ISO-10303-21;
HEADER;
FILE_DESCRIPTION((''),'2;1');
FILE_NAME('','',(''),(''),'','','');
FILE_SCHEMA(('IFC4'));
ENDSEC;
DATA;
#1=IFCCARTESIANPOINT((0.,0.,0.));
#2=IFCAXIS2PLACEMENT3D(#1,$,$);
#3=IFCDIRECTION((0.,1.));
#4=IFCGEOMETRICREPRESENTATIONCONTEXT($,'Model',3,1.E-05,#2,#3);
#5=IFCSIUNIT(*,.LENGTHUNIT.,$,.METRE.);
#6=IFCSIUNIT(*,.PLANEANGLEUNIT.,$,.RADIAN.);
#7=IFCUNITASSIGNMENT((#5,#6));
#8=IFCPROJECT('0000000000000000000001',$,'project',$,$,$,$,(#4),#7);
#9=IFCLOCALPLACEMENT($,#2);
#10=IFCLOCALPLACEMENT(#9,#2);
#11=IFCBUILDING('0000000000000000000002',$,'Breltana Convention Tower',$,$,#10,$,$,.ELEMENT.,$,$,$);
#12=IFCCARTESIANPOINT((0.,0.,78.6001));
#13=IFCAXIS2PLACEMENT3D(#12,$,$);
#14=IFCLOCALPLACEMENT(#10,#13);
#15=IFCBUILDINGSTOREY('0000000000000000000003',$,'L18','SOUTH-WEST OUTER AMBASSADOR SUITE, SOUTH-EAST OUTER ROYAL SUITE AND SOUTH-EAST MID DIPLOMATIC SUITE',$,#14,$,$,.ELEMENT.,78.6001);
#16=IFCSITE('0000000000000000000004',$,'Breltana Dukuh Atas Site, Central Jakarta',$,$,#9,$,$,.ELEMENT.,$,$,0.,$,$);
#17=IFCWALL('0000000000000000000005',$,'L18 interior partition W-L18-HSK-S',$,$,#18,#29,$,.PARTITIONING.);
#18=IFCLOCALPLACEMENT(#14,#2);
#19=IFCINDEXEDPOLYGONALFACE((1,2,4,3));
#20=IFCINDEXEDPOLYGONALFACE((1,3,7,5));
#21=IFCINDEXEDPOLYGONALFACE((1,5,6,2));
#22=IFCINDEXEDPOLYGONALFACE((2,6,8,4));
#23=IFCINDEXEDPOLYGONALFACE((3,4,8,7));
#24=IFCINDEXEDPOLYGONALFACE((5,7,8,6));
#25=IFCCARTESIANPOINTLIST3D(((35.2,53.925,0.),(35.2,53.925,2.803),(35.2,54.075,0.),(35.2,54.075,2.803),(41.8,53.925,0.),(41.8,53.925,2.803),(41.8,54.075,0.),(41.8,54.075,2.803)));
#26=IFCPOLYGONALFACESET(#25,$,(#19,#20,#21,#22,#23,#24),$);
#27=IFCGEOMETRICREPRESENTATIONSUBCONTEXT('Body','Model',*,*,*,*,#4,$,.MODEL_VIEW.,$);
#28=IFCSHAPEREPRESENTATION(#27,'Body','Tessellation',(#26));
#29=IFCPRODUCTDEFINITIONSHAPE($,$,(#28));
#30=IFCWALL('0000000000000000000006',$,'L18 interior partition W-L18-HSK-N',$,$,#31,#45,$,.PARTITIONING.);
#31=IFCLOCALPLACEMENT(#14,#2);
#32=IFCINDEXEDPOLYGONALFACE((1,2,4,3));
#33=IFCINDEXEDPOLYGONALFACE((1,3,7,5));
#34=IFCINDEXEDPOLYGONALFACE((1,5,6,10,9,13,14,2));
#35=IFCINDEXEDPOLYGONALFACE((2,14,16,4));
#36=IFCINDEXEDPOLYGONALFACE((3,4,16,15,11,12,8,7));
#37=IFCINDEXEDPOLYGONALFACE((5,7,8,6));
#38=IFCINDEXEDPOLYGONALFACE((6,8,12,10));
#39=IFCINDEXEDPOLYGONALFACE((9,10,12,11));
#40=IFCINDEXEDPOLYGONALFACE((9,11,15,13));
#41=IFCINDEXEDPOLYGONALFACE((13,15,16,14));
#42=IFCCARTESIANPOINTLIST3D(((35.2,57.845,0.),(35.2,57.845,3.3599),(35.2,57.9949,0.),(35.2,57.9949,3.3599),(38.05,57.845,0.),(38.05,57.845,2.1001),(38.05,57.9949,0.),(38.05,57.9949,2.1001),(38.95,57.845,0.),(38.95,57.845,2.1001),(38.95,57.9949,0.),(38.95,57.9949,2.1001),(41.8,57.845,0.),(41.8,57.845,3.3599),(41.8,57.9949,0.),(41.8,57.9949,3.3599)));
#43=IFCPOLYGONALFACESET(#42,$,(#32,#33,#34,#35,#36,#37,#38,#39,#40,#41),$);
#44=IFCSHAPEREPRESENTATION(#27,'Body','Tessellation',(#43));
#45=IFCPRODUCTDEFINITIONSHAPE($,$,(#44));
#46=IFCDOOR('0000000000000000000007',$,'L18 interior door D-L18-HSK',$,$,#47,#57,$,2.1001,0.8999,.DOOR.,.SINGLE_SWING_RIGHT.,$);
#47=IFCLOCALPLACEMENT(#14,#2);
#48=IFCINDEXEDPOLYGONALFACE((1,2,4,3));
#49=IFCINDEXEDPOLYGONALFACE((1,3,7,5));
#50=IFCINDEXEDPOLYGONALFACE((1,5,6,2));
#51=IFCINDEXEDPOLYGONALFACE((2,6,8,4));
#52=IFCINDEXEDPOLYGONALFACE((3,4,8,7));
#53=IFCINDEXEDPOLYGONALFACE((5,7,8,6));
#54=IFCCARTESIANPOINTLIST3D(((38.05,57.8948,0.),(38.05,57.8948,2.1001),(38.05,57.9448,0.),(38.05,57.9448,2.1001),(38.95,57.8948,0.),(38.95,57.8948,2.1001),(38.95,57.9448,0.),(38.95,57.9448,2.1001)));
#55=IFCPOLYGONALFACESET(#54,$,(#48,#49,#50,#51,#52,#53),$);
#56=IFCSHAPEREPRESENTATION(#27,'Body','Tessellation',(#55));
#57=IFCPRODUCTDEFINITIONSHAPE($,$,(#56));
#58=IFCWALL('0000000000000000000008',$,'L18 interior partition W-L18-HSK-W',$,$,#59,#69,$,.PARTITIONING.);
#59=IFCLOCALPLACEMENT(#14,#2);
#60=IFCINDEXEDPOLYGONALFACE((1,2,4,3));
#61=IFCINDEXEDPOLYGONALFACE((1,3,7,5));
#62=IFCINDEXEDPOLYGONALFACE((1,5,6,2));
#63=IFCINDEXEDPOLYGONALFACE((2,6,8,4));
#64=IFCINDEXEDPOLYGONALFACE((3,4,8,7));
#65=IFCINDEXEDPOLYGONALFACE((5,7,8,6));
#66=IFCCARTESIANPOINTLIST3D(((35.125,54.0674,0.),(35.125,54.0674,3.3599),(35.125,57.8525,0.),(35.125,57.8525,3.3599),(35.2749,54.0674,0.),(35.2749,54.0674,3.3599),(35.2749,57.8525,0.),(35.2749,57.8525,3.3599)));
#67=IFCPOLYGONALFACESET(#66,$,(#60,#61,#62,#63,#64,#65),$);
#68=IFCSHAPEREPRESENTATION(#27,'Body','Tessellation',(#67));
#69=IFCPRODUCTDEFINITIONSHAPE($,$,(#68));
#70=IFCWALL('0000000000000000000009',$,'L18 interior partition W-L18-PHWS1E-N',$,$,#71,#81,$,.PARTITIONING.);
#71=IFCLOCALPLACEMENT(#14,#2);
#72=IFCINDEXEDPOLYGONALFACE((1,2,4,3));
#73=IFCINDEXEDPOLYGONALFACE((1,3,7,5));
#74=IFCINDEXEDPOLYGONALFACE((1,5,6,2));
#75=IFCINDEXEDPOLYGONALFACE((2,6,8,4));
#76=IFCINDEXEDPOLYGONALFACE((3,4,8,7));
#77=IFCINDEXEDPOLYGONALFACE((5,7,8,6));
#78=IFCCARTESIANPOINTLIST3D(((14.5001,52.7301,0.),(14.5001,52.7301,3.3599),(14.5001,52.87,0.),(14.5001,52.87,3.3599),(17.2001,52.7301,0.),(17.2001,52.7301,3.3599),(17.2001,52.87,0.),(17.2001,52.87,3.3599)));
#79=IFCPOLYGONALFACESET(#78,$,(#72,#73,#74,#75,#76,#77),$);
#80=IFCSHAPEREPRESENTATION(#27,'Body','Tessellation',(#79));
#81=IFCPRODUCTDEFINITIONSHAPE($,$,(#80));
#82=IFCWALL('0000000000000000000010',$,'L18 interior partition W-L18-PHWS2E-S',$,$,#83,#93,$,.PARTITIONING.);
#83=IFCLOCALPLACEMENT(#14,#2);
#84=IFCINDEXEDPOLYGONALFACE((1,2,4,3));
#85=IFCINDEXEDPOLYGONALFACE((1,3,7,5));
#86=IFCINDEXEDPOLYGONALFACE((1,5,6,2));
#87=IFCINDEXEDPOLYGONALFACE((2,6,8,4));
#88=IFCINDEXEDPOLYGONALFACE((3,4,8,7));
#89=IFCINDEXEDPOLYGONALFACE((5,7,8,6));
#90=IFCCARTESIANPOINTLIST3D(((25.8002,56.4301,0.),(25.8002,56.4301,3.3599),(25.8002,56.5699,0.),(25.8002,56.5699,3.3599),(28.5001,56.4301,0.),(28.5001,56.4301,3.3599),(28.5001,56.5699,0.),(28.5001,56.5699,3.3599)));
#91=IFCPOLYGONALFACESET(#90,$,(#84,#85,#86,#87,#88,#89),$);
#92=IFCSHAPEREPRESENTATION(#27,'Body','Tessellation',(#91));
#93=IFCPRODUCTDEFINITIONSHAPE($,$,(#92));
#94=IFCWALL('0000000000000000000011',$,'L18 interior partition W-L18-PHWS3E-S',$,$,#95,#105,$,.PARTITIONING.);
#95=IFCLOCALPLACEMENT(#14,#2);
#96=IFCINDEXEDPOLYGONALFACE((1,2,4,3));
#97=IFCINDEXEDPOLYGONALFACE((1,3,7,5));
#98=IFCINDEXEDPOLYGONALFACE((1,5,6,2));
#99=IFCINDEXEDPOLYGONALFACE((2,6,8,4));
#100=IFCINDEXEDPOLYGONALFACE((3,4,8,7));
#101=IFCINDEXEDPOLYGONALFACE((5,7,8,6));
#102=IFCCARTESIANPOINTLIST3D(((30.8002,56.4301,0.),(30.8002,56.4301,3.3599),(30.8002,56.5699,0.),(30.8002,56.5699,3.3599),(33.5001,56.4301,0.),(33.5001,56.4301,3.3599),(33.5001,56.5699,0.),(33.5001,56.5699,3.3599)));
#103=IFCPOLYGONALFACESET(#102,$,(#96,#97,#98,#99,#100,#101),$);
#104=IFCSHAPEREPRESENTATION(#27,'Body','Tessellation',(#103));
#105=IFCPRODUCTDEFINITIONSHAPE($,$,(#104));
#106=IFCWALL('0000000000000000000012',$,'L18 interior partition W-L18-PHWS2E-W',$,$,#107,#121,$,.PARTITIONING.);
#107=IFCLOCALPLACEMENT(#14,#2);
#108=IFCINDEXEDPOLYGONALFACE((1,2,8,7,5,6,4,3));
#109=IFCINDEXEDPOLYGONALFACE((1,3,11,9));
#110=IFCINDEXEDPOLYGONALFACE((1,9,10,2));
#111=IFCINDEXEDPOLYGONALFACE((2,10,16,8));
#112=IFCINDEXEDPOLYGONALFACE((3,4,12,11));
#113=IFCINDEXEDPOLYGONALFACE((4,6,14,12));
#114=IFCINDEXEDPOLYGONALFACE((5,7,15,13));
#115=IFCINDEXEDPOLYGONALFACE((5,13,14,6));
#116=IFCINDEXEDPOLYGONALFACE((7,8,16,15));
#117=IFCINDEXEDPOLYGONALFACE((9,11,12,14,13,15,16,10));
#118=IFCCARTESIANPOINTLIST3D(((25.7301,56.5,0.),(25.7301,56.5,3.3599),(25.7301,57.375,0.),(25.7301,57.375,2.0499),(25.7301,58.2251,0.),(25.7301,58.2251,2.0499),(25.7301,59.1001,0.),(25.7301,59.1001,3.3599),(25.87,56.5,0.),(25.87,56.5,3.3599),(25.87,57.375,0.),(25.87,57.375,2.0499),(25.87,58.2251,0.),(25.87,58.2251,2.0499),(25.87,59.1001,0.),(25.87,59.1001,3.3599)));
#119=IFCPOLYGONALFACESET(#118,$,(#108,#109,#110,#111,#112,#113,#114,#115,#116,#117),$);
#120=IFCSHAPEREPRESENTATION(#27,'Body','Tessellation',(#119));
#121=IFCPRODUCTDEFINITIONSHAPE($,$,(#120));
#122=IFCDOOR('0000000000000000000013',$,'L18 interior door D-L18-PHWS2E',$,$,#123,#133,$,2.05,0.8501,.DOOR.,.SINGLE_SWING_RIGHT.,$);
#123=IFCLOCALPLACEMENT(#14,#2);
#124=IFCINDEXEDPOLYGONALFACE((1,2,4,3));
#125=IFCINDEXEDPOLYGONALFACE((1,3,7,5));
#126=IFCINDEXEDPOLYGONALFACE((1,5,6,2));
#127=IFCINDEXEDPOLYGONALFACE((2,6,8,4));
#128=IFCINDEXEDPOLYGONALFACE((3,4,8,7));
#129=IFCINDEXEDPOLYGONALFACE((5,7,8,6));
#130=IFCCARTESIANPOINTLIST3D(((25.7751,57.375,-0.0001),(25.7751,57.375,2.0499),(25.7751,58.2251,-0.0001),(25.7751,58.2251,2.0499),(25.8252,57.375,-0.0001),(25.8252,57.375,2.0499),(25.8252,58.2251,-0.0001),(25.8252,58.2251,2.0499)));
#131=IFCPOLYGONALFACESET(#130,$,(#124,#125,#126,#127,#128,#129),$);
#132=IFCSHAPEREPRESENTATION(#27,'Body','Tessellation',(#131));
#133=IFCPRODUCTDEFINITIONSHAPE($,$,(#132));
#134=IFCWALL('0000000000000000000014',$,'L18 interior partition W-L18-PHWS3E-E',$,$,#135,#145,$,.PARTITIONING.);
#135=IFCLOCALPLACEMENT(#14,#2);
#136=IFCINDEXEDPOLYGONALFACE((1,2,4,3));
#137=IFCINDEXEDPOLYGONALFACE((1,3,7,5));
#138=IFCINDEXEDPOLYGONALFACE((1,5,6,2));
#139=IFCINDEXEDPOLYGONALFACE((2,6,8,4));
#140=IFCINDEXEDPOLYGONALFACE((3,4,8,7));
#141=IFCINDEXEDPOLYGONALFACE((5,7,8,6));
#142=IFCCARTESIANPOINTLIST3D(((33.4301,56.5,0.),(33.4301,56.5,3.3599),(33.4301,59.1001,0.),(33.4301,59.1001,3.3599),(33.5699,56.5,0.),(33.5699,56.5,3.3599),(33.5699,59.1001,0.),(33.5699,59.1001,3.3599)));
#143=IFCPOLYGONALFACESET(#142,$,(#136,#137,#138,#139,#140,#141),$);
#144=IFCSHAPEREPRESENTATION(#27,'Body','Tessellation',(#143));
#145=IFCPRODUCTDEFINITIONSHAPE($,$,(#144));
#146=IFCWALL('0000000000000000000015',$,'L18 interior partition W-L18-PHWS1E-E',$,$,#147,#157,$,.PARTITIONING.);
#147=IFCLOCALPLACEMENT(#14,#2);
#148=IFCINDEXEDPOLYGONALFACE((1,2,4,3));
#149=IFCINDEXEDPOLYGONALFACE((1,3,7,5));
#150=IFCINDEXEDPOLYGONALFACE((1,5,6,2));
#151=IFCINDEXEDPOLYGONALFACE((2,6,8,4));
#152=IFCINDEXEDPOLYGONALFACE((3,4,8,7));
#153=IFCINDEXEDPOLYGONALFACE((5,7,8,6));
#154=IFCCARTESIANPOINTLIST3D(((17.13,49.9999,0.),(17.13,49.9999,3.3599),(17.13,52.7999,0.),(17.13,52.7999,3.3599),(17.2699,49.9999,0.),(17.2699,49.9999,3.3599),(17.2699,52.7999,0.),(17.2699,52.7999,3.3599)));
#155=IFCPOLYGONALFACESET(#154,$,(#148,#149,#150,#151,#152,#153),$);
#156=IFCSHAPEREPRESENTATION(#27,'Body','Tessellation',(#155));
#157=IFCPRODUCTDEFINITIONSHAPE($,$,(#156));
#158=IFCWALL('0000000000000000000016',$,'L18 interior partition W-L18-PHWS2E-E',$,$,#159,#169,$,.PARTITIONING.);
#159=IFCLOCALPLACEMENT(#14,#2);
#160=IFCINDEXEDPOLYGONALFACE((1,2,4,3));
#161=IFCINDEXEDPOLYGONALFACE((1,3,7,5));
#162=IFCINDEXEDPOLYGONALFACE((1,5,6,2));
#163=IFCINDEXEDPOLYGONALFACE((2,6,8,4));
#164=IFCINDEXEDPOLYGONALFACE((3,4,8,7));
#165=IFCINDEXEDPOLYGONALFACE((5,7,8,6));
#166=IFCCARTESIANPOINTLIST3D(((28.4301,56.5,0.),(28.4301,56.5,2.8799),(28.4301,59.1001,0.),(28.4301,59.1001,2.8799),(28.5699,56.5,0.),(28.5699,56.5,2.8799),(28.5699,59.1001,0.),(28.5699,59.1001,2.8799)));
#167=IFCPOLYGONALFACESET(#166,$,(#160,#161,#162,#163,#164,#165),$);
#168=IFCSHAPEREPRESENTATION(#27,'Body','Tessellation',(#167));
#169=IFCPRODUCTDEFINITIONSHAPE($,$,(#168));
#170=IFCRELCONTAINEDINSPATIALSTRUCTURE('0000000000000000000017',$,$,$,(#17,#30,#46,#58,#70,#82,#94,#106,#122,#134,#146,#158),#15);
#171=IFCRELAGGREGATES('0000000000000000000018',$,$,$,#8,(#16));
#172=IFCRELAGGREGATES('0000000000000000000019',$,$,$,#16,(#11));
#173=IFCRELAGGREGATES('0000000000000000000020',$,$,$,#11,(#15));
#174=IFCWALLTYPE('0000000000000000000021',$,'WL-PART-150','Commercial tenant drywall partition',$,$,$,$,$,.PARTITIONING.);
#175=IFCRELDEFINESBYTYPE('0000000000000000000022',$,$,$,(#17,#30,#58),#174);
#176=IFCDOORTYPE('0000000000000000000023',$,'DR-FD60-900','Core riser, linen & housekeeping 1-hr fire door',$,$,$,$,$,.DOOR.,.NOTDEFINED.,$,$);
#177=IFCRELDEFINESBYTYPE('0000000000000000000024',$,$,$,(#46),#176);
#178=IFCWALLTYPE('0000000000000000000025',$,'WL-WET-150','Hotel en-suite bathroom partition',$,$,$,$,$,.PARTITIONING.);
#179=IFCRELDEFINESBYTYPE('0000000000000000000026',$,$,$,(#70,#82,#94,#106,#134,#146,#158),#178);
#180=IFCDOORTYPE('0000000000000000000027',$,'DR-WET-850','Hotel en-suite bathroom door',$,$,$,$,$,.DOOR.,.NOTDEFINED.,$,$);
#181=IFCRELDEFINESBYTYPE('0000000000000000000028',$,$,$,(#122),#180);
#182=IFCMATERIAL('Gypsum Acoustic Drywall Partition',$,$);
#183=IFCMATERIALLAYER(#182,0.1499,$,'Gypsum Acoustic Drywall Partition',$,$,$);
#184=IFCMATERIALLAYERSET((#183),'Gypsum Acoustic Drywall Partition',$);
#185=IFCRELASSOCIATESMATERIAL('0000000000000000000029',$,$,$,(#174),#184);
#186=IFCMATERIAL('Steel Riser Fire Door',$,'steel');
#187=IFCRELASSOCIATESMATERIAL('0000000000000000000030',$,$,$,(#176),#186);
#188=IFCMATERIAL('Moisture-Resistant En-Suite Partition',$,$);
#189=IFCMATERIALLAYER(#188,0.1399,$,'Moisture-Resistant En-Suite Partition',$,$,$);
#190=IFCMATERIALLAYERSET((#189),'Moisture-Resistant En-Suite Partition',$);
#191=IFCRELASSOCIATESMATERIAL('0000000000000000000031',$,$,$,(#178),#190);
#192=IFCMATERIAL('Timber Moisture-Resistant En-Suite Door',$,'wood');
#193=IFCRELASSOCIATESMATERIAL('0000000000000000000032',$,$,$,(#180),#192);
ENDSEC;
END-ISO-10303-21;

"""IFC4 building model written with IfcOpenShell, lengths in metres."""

from ifc_helpers import new_model, si_unit, direction, frame, frame_2d, origin, place, context, subcontext, project, spatial, rectangle, extrude, source, transform, mapped, material, layer, layer_set, type_object, type_shapes, element, fill, save


model = new_model("IFC4")

# Units and contexts
model_context = context("Model", 3, precision=1e-05, world=origin(), true_north=direction((0.0, 1.0)))
body_context = subcontext(model_context, "Body", "Model", "MODEL_VIEW")
ifc_project = project(units=[si_unit("LENGTHUNIT", "METRE"), si_unit("PLANEANGLEUNIT", "RADIAN")], contexts=[model_context])

# Site, building, storey
site_placement = place(None, origin())
site = spatial("IfcSite", under=ifc_project, at=site_placement, Name="Breltana Dukuh Atas Site, Central Jakarta", CompositionType="ELEMENT", RefElevation=0.0)
building_placement = place(site_placement, origin())
building = spatial("IfcBuilding", under=site, at=building_placement, Name="Breltana Convention Tower", CompositionType="ELEMENT")
storey_placement = place(building_placement, frame((0.0, 0.0, 78.6001)))
storey = spatial("IfcBuildingStorey", under=building, at=storey_placement, Name="L18", Description="SOUTH-WEST OUTER AMBASSADOR SUITE, SOUTH-EAST OUTER ROYAL SUITE AND SOUTH-EAST MID DIPLOMATIC SUITE", CompositionType="ELEMENT", Elevation=78.6001)

# Wall
ifc_material_1 = material(Name="Gypsum Acoustic Drywall Partition")
ifc_layer_1 = layer(ifc_material_1, 0.1499, Name="Gypsum Acoustic Drywall Partition")
ifc_layer_set_1 = layer_set([ifc_layer_1], Name="Gypsum Acoustic Drywall Partition")
wall_type_1 = type_object("IfcWallType", Name="WL-PART-150", Description="Commercial tenant drywall partition", PredefinedType="PARTITIONING", material=ifc_layer_set_1)
shared_shape_1 = source(origin(), body_context, "Body", "SweptSolid", [
    extrude(rectangle(XDim=6.6001, YDim=0.1499, at=frame_2d((3.3, 0.0))), origin(), (0.0, 0.0, 1.0), 2.803),
])
wall_1_placement = place(storey_placement, frame((35.2, 54.0, 0.0), z_axis=(0.0, 0.0, 1.0), x_axis=(1.0, 0.0, 0.0)))
element("IfcWall", 1, at=wall_1_placement, inside=storey, type_object=wall_type_1, Name="L18 interior partition W-L18-HSK-S", PredefinedType="PARTITIONING", context=body_context, shape_type="MappedRepresentation", body=[
    mapped(shared_shape_1, transform((0.0, 0.0, 0.0), scale=1.0)),
])

# Wall, opening, door
shared_shape_2 = source(origin(), body_context, "Body", "SweptSolid", [
    extrude(rectangle(XDim=6.6001, YDim=0.1499, at=frame_2d((3.3, 0.0))), origin(), (0.0, 0.0, 1.0), 3.3599),
])
wall_2_placement = place(storey_placement, frame((35.2, 57.9199, 0.0), z_axis=(0.0, 0.0, 1.0), x_axis=(1.0, 0.0, 0.0)))
wall_2 = element("IfcWall", 2, at=wall_2_placement, inside=storey, type_object=wall_type_1, Name="L18 interior partition W-L18-HSK-N", PredefinedType="PARTITIONING", context=body_context, shape_type="MappedRepresentation", body=[
    mapped(shared_shape_2, transform((0.0, 0.0, 0.0), scale=1.0)),
])
opening_1_placement = place(wall_2_placement, frame((2.8501, 0.0, 0.0)))
opening_1 = element("IfcOpeningElement", 3, at=opening_1_placement, cuts=wall_2, PredefinedType="OPENING", context=body_context, shape_type="SweptSolid", body=[
    extrude(rectangle(XDim=0.8999, YDim=2.1001, at=frame_2d((0.45, 1.05))), frame((0.0, 0.085, 0.0), z_axis=(0.0, -1.0, 0.0), x_axis=(1.0, 0.0, 0.0)), (0.0, 0.0, 1.0), 0.1699),
])
ifc_material_2 = material(Name="Steel Riser Fire Door", Category="steel")
door_type_1 = type_object("IfcDoorType", Name="DR-FD60-900", Description="Core riser, linen & housekeeping 1-hr fire door", OperationType="NOTDEFINED", PredefinedType="DOOR", material=ifc_material_2)
shared_shape_3 = source(origin(), body_context, "Body", "SweptSolid", [
    extrude(rectangle(XDim=0.8999, YDim=2.1001, at=frame_2d((0.45, 1.05))), frame((0.0, 0.0249, 0.0), z_axis=(0.0, -1.0, 0.0), x_axis=(1.0, 0.0, 0.0)), (0.0, 0.0, 1.0), 0.05),
])
type_shapes(door_type_1, [shared_shape_3])
door_1_placement = place(opening_1_placement, origin())
door_1 = element("IfcDoor", 4, at=door_1_placement, inside=storey, type_object=door_type_1, Name="L18 interior door D-L18-HSK", OperationType="SINGLE_SWING_RIGHT", OverallHeight=2.1001, OverallWidth=0.8999, PredefinedType="DOOR", context=body_context, shape_type="MappedRepresentation", body=[
    mapped(shared_shape_3, transform((0.0, 0.0, 0.0), scale=1.0)),
])
fill(opening_1, door_1)

# Walls
shared_shape_4 = source(origin(), body_context, "Body", "SweptSolid", [
    extrude(rectangle(XDim=3.7852, YDim=0.1499, at=frame_2d((1.8926, 0.0))), origin(), (0.0, 0.0, 1.0), 3.3599),
])
wall_3_placement = place(storey_placement, frame((35.2, 54.0674, 0.0), z_axis=(0.0, 0.0, 1.0), x_axis=(0.0, 1.0, 0.0)))
element("IfcWall", 5, at=wall_3_placement, inside=storey, type_object=wall_type_1, Name="L18 interior partition W-L18-HSK-W", PredefinedType="PARTITIONING", context=body_context, shape_type="MappedRepresentation", body=[
    mapped(shared_shape_4, transform((0.0, 0.0, 0.0), scale=1.0)),
])
ifc_material_3 = material(Name="Moisture-Resistant En-Suite Partition")
ifc_layer_2 = layer(ifc_material_3, 0.1399, Name="Moisture-Resistant En-Suite Partition")
ifc_layer_set_2 = layer_set([ifc_layer_2], Name="Moisture-Resistant En-Suite Partition")
wall_type_2 = type_object("IfcWallType", Name="WL-WET-150", Description="Hotel en-suite bathroom partition", PredefinedType="PARTITIONING", material=ifc_layer_set_2)
shared_shape_5 = source(origin(), body_context, "Body", "SweptSolid", [
    extrude(rectangle(XDim=2.7, YDim=0.1399, at=frame_2d((1.3501, 0.0))), origin(), (0.0, 0.0, 1.0), 3.3599),
])
for number, where, z_axis, x_axis, name in (
    (6, (14.5, 52.8, 0.0), (0.0, 0.0, 1.0), (1.0, 0.0, 0.0), "L18 interior partition W-L18-PHWS1E-N"),
    (7, (25.8, 56.5, 0.0), (0.0, 0.0, 1.0), (1.0, 0.0, 0.0), "L18 interior partition W-L18-PHWS2E-S"),
    (8, (30.8, 56.5, 0.0), (0.0, 0.0, 1.0), (1.0, 0.0, 0.0), "L18 interior partition W-L18-PHWS3E-S"),
):
    element("IfcWall", number, at=place(storey_placement, frame(where, z_axis=z_axis, x_axis=x_axis)), inside=storey, type_object=wall_type_2, Name=name, PredefinedType="PARTITIONING", context=body_context, shape_type="MappedRepresentation", body=[
        mapped(shared_shape_5, transform((0.0, 0.0, 0.0), scale=1.0)),
    ])

# Wall, opening, door
shared_shape_6 = source(origin(), body_context, "Body", "SweptSolid", [
    extrude(rectangle(XDim=2.6001, YDim=0.1399, at=frame_2d((1.3, 0.0))), origin(), (0.0, 0.0, 1.0), 3.3599),
])
wall_4_placement = place(storey_placement, frame((25.8, 56.5, 0.0), z_axis=(0.0, 0.0, 1.0), x_axis=(0.0, 1.0, 0.0)))
wall_4 = element("IfcWall", 9, at=wall_4_placement, inside=storey, type_object=wall_type_2, Name="L18 interior partition W-L18-PHWS2E-W", PredefinedType="PARTITIONING", context=body_context, shape_type="MappedRepresentation", body=[
    mapped(shared_shape_6, transform((0.0, 0.0, 0.0), scale=1.0)),
])
opening_2_placement = place(wall_4_placement, frame((0.875, 0.0, 0.0)))
opening_2 = element("IfcOpeningElement", 10, at=opening_2_placement, cuts=wall_4, PredefinedType="OPENING", context=body_context, shape_type="SweptSolid", body=[
    extrude(rectangle(XDim=0.8501, YDim=2.05, at=frame_2d((0.425, 1.0249))), frame((0.0, 0.0801, 0.0), z_axis=(0.0, -1.0, 0.0), x_axis=(1.0, 0.0, 0.0)), (0.0, 0.0, 1.0), 0.1599),
])
ifc_material_4 = material(Name="Timber Moisture-Resistant En-Suite Door", Category="wood")
door_type_2 = type_object("IfcDoorType", Name="DR-WET-850", Description="Hotel en-suite bathroom door", OperationType="NOTDEFINED", PredefinedType="DOOR", material=ifc_material_4)
shared_shape_7 = source(origin(), body_context, "Body", "SweptSolid", [
    extrude(rectangle(XDim=0.8501, YDim=2.05, at=frame_2d((0.425, 1.0249))), frame((0.0, 0.0249, 0.0), z_axis=(0.0, -1.0, 0.0), x_axis=(1.0, 0.0, 0.0)), (0.0, 0.0, 1.0), 0.05),
])
type_shapes(door_type_2, [shared_shape_7])
door_2_placement = place(opening_2_placement, origin())
door_2 = element("IfcDoor", 11, at=door_2_placement, inside=storey, type_object=door_type_2, Name="L18 interior door D-L18-PHWS2E", OperationType="SINGLE_SWING_RIGHT", OverallHeight=2.05, OverallWidth=0.8501, PredefinedType="DOOR", context=body_context, shape_type="MappedRepresentation", body=[
    mapped(shared_shape_7, transform((0.0, 0.0, 0.0), scale=1.0)),
])
fill(opening_2, door_2)

# Walls
wall_5_placement = place(storey_placement, frame((33.5, 56.5, 0.0), z_axis=(0.0, 0.0, 1.0), x_axis=(0.0, 1.0, 0.0)))
element("IfcWall", 12, at=wall_5_placement, inside=storey, type_object=wall_type_2, Name="L18 interior partition W-L18-PHWS3E-E", PredefinedType="PARTITIONING", context=body_context, shape_type="MappedRepresentation", body=[
    mapped(shared_shape_6, transform((0.0, 0.0, 0.0), scale=1.0)),
])
shared_shape_8 = source(origin(), body_context, "Body", "SweptSolid", [
    extrude(rectangle(XDim=2.8, YDim=0.1399, at=frame_2d((1.3999, 0.0))), origin(), (0.0, 0.0, 1.0), 3.3599),
])
wall_6_placement = place(storey_placement, frame((17.2, 50.0, 0.0), z_axis=(0.0, 0.0, 1.0), x_axis=(0.0, 1.0, 0.0)))
element("IfcWall", 13, at=wall_6_placement, inside=storey, type_object=wall_type_2, Name="L18 interior partition W-L18-PHWS1E-E", PredefinedType="PARTITIONING", context=body_context, shape_type="MappedRepresentation", body=[
    mapped(shared_shape_8, transform((0.0, 0.0, 0.0), scale=1.0)),
])
shared_shape_9 = source(origin(), body_context, "Body", "SweptSolid", [
    extrude(rectangle(XDim=2.6001, YDim=0.1399, at=frame_2d((1.3, 0.0))), origin(), (0.0, 0.0, 1.0), 2.8799),
])
wall_7_placement = place(storey_placement, frame((28.5, 56.5, 0.0), z_axis=(0.0, 0.0, 1.0), x_axis=(0.0, 1.0, 0.0)))
element("IfcWall", 14, at=wall_7_placement, inside=storey, type_object=wall_type_2, Name="L18 interior partition W-L18-PHWS2E-E", PredefinedType="PARTITIONING", context=body_context, shape_type="MappedRepresentation", body=[
    mapped(shared_shape_9, transform((0.0, 0.0, 0.0), scale=1.0)),
])

save(model, "model.ifc")
